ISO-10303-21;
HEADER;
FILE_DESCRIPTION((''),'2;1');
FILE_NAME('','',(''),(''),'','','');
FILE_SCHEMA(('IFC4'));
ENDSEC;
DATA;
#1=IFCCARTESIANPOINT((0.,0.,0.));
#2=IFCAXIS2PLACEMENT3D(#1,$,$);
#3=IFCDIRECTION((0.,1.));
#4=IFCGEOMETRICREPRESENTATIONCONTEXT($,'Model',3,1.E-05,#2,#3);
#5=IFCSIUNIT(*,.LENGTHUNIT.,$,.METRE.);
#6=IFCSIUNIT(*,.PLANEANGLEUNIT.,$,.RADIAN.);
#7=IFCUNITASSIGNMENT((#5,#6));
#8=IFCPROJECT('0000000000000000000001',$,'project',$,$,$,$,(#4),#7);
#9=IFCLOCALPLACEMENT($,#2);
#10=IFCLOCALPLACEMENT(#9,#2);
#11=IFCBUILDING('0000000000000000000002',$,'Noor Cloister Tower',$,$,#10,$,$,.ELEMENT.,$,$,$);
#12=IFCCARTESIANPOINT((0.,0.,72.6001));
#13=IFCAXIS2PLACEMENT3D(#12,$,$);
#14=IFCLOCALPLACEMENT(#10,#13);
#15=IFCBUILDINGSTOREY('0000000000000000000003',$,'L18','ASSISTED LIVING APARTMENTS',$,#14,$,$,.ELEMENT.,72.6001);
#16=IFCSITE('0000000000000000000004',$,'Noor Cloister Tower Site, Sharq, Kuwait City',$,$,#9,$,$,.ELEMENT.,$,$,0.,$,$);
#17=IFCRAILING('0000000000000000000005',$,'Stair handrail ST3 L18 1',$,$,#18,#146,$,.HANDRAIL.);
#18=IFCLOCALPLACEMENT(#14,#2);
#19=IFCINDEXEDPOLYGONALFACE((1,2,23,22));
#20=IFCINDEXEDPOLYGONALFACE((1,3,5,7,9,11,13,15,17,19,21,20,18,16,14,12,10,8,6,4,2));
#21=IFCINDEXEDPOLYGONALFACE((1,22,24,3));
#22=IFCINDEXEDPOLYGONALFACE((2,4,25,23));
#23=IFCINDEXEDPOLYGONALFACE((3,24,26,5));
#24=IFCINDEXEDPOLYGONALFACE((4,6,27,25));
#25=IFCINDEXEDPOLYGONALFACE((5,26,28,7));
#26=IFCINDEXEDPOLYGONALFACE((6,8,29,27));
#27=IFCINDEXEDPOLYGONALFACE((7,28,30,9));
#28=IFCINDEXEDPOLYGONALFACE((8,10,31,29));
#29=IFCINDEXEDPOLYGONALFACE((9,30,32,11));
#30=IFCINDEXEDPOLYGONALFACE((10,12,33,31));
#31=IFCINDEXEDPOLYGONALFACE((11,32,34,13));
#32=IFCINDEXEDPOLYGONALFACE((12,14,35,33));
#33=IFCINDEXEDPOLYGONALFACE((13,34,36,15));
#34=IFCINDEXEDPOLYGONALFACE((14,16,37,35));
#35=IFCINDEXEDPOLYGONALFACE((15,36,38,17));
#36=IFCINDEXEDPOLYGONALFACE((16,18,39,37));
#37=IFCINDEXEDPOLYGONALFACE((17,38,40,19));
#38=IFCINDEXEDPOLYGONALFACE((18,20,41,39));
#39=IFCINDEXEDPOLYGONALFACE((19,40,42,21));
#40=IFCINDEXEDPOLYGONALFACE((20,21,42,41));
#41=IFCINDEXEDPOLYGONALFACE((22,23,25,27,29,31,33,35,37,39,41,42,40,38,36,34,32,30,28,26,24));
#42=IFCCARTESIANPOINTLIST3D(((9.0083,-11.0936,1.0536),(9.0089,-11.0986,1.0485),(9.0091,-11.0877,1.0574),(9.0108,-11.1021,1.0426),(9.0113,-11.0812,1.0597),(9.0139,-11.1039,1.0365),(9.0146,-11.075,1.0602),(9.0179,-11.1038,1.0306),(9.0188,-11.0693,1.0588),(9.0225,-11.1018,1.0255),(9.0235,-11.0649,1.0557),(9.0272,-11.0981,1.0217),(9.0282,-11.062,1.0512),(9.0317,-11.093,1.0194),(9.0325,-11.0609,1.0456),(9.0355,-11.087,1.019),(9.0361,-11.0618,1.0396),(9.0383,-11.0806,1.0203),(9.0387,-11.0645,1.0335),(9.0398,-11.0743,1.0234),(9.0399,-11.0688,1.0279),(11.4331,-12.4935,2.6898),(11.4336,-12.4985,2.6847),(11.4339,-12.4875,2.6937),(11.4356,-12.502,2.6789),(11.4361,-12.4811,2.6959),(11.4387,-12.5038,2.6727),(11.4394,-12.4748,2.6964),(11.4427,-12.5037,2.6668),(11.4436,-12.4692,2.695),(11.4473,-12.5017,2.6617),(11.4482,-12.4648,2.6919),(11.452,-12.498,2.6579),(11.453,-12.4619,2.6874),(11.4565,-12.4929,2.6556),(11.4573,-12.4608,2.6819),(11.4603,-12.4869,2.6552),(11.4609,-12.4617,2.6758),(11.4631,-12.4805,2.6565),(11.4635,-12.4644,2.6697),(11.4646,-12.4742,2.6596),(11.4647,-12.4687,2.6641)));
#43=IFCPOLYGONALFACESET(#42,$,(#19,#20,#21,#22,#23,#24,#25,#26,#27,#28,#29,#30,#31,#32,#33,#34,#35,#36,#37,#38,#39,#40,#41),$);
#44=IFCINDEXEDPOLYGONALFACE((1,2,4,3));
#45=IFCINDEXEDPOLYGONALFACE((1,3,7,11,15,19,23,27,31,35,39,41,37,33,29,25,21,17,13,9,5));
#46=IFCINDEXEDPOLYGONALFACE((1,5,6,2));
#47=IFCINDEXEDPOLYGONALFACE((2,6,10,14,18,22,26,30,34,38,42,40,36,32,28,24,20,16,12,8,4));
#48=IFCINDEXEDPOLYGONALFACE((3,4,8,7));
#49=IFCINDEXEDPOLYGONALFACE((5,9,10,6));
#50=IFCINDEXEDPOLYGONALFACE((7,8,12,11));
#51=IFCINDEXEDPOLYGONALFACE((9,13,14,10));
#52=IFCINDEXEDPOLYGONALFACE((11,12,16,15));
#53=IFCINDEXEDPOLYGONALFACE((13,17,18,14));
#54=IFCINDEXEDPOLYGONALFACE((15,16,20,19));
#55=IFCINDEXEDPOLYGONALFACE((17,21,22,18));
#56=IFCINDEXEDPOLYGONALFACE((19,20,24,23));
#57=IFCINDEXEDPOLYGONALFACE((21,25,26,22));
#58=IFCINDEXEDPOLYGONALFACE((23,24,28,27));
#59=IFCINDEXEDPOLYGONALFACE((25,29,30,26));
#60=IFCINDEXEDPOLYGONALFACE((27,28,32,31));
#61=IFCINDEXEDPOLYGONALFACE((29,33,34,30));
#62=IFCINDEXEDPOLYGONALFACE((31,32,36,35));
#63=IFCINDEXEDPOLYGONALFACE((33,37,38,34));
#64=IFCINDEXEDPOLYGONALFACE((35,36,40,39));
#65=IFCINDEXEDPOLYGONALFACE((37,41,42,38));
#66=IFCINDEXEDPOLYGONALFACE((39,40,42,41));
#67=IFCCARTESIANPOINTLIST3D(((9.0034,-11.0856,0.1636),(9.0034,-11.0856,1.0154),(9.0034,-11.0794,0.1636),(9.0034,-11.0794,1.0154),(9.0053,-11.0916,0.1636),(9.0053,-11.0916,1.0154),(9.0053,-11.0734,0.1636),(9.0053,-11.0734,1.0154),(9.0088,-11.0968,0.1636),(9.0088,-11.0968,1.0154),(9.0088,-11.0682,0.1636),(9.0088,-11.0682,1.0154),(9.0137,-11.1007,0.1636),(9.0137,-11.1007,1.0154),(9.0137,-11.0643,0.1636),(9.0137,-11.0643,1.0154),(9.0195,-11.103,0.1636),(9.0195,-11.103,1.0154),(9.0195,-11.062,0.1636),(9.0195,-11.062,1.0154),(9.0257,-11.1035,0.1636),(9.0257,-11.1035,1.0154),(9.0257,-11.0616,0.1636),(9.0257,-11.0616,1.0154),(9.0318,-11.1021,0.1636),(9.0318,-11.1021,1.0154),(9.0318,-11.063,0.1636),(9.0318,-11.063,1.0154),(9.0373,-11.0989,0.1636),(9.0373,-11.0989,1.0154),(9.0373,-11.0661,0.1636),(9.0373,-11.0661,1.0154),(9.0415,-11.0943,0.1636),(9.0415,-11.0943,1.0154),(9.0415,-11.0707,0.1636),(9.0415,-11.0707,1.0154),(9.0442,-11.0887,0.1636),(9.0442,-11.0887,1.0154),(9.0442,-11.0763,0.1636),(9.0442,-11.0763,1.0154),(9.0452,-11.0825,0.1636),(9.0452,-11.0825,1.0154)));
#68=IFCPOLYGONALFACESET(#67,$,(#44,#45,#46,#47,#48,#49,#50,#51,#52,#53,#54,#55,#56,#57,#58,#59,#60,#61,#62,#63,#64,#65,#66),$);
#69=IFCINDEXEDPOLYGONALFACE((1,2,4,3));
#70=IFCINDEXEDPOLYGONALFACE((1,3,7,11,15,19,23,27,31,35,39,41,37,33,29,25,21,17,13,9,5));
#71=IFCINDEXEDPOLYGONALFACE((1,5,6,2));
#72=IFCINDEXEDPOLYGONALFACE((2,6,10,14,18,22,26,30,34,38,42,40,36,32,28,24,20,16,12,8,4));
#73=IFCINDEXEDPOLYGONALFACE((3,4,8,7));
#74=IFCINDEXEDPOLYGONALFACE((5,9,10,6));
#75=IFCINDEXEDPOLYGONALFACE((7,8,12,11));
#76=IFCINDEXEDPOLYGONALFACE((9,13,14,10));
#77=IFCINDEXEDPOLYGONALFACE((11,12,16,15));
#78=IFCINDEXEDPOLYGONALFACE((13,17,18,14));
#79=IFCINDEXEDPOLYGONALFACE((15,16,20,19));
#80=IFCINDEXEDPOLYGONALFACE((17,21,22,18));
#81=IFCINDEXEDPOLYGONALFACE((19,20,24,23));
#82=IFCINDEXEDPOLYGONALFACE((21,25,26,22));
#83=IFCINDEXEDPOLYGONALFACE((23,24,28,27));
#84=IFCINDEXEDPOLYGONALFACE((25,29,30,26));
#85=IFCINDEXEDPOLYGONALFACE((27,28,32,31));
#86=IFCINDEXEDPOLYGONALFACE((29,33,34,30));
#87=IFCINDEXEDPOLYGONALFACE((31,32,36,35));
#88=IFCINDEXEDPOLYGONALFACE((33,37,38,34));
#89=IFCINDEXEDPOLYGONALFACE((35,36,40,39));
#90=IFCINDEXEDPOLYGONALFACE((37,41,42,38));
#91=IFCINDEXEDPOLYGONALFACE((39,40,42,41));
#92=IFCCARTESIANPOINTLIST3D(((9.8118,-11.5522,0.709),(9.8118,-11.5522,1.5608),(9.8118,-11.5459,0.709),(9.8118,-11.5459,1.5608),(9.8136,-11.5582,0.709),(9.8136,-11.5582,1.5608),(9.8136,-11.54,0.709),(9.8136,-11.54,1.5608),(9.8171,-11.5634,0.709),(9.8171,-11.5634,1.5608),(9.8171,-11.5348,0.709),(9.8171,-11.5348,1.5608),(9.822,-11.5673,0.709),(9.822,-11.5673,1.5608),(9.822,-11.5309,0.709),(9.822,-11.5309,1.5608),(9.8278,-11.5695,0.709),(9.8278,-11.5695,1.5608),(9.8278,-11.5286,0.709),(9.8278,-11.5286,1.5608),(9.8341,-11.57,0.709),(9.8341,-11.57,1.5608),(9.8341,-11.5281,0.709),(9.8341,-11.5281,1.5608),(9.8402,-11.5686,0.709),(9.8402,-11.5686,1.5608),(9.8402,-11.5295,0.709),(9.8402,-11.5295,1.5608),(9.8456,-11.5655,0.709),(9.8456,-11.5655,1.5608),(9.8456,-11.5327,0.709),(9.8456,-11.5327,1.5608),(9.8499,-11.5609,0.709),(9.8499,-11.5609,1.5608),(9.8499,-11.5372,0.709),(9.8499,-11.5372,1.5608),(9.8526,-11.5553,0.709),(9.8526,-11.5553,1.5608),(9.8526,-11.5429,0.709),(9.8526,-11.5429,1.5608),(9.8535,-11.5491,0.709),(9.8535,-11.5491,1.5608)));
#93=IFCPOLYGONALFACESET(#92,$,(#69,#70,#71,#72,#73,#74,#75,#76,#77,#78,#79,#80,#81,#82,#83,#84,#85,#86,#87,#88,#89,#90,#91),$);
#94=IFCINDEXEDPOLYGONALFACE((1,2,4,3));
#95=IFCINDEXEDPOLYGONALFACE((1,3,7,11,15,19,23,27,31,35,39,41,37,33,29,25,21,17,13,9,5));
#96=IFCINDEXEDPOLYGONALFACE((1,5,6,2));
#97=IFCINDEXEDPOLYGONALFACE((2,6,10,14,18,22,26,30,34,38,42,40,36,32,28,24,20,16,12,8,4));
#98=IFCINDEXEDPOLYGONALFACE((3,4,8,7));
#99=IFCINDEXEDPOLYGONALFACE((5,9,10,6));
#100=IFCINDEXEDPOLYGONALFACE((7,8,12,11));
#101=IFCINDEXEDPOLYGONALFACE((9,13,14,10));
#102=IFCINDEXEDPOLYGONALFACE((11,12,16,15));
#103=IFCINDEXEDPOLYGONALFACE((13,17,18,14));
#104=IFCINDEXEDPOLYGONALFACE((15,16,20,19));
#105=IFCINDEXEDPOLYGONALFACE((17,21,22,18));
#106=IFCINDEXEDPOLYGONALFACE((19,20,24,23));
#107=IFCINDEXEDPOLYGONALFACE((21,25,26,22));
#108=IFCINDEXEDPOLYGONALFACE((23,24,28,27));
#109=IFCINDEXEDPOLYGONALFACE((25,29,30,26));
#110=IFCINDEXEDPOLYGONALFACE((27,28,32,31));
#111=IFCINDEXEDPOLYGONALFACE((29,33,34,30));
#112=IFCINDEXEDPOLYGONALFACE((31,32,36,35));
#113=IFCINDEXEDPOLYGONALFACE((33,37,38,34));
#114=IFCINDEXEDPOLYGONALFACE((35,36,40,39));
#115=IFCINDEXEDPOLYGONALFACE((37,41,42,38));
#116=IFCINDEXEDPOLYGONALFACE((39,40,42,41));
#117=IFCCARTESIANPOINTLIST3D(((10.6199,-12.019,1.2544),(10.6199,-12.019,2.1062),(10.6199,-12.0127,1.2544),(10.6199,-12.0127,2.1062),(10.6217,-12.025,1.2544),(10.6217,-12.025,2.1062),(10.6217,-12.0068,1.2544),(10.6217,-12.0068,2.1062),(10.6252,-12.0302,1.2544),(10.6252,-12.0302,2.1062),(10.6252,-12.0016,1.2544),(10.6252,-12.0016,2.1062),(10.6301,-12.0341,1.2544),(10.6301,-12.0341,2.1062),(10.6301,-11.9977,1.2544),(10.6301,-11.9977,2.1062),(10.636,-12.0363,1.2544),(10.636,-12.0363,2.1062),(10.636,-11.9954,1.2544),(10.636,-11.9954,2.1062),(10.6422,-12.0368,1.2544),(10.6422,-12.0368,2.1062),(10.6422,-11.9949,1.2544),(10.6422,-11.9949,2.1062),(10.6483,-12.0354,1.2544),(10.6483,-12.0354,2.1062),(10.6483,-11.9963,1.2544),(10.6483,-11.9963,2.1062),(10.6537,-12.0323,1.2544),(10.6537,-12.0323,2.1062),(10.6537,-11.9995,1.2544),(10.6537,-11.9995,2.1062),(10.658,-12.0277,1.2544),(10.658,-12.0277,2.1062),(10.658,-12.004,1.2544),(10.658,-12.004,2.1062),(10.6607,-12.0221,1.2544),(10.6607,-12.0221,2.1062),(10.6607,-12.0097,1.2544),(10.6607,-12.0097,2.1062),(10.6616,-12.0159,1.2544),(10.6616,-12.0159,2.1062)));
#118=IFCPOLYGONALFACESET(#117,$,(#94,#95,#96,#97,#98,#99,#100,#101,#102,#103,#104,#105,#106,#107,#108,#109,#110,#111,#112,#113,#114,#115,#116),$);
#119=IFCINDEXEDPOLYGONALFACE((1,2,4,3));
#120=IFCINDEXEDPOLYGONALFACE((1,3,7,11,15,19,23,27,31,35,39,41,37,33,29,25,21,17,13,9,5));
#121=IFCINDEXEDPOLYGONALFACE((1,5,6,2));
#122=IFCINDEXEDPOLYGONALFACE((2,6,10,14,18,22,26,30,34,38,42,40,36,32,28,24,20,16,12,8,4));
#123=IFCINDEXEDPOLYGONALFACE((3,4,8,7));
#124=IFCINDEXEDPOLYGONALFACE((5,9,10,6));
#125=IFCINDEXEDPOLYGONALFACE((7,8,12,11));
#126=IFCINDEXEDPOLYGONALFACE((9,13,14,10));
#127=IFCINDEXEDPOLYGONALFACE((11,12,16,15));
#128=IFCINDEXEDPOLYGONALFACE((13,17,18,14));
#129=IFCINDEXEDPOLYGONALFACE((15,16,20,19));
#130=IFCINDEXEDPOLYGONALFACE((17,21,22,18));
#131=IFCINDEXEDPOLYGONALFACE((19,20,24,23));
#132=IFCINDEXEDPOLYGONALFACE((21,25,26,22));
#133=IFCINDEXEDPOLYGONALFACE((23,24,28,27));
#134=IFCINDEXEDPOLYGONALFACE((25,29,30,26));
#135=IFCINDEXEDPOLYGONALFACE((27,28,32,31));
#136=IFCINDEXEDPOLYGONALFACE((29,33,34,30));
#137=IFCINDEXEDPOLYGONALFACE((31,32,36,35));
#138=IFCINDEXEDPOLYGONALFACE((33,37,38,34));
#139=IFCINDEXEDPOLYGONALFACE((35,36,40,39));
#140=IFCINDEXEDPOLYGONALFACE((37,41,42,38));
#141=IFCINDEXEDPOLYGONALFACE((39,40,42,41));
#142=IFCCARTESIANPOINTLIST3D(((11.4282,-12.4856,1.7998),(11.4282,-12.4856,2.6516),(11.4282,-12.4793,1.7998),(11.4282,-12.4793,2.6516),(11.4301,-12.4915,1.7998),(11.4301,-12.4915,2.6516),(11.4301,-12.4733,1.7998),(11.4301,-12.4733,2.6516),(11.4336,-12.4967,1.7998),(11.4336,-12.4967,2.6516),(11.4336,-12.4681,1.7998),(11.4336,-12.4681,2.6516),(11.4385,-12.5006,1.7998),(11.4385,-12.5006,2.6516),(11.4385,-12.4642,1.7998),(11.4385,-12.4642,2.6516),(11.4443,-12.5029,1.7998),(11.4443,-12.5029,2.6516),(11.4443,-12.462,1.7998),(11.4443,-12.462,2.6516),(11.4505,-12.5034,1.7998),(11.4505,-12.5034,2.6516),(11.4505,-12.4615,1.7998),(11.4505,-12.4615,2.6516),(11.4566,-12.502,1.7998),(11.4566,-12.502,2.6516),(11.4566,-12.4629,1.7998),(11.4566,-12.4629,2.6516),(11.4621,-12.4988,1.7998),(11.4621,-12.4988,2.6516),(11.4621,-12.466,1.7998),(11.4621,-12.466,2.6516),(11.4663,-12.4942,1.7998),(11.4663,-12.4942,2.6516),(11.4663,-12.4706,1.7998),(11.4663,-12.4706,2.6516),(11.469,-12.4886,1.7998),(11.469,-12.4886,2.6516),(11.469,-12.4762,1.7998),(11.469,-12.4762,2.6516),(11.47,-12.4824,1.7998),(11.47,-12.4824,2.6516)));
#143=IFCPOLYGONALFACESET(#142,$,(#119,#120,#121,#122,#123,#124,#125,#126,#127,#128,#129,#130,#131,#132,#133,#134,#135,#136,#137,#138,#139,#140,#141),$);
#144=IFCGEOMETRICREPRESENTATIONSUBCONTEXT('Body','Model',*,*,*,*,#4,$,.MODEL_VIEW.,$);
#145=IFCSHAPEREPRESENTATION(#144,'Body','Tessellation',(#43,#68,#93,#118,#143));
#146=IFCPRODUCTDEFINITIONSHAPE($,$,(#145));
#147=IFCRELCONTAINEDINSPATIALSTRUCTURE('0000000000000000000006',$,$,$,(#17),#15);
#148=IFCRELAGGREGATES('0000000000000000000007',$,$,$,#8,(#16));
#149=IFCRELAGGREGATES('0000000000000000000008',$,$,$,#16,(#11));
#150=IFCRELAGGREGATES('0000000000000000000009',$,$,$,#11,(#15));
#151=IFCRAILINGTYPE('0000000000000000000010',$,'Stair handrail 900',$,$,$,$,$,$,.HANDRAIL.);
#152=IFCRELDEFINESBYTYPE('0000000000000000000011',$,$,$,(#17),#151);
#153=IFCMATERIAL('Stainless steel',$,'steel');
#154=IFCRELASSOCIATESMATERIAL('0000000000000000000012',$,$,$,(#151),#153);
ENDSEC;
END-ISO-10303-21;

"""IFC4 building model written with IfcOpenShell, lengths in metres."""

from ifc_helpers import new_model, si_unit, direction, frame, origin, origin_2d, place, context, subcontext, project, spatial, circle, extrude, material, type_object, element, save


model = new_model("IFC4")

# Units and contexts
model_context = context("Model", 3, precision=1e-05, world=origin(), true_north=direction((0.0, 1.0)))
body_context = subcontext(model_context, "Body", "Model", "MODEL_VIEW")
ifc_project = project(units=[si_unit("LENGTHUNIT", "METRE"), si_unit("PLANEANGLEUNIT", "RADIAN")], contexts=[model_context])

# Site, building, storey
site_placement = place(None, origin())
site = spatial("IfcSite", under=ifc_project, at=site_placement, Name="Noor Cloister Tower Site, Sharq, Kuwait City", CompositionType="ELEMENT", RefElevation=0.0)
building_placement = place(site_placement, origin())
building = spatial("IfcBuilding", under=site, at=building_placement, Name="Noor Cloister Tower", CompositionType="ELEMENT")
storey_placement = place(building_placement, frame((0.0, 0.0, 72.6001)))
storey = spatial("IfcBuildingStorey", under=building, at=storey_placement, Name="L18", Description="ASSISTED LIVING APARTMENTS", CompositionType="ELEMENT", Elevation=72.6001)

# Railing
ifc_material_1 = material(Name="Stainless steel", Category="steel")
railing_type_1 = type_object("IfcRailingType", Name="Stair handrail 900", PredefinedType="HANDRAIL", material=ifc_material_1)
railing_1_placement = place(storey_placement, frame((9.0242, -11.0825, 0.1636)))
element("IfcRailing", 1, at=railing_1_placement, inside=storey, type_object=railing_type_1, Name="Stair handrail ST3 L18 1", PredefinedType="HANDRAIL", context=body_context, shape_type="SweptSolid", body=[
    extrude(circle(Radius=0.0239, at=origin_2d()), frame((0.0, 0.0, 0.876), z_axis=(0.747718, -0.431677, 0.504552), x_axis=(0.499984, 0.866035, 0.0)), (0.0, 0.0, 1.0), 3.2429),
    extrude(circle(Radius=0.021, at=origin_2d()), origin(), (0.0, 0.0, 1.0), 0.8518),
    extrude(circle(Radius=0.021, at=origin_2d()), frame((0.8083, -0.4666, 0.5454)), (0.0, 0.0, 1.0), 0.8518),
    extrude(circle(Radius=0.021, at=origin_2d()), frame((1.6165, -0.9333, 1.0908)), (0.0, 0.0, 1.0), 0.8518),
    extrude(circle(Radius=0.021, at=origin_2d()), frame((2.4248, -1.3999, 1.6362)), (0.0, 0.0, 1.0), 0.8518),
])

save(model, "model.ifc")
